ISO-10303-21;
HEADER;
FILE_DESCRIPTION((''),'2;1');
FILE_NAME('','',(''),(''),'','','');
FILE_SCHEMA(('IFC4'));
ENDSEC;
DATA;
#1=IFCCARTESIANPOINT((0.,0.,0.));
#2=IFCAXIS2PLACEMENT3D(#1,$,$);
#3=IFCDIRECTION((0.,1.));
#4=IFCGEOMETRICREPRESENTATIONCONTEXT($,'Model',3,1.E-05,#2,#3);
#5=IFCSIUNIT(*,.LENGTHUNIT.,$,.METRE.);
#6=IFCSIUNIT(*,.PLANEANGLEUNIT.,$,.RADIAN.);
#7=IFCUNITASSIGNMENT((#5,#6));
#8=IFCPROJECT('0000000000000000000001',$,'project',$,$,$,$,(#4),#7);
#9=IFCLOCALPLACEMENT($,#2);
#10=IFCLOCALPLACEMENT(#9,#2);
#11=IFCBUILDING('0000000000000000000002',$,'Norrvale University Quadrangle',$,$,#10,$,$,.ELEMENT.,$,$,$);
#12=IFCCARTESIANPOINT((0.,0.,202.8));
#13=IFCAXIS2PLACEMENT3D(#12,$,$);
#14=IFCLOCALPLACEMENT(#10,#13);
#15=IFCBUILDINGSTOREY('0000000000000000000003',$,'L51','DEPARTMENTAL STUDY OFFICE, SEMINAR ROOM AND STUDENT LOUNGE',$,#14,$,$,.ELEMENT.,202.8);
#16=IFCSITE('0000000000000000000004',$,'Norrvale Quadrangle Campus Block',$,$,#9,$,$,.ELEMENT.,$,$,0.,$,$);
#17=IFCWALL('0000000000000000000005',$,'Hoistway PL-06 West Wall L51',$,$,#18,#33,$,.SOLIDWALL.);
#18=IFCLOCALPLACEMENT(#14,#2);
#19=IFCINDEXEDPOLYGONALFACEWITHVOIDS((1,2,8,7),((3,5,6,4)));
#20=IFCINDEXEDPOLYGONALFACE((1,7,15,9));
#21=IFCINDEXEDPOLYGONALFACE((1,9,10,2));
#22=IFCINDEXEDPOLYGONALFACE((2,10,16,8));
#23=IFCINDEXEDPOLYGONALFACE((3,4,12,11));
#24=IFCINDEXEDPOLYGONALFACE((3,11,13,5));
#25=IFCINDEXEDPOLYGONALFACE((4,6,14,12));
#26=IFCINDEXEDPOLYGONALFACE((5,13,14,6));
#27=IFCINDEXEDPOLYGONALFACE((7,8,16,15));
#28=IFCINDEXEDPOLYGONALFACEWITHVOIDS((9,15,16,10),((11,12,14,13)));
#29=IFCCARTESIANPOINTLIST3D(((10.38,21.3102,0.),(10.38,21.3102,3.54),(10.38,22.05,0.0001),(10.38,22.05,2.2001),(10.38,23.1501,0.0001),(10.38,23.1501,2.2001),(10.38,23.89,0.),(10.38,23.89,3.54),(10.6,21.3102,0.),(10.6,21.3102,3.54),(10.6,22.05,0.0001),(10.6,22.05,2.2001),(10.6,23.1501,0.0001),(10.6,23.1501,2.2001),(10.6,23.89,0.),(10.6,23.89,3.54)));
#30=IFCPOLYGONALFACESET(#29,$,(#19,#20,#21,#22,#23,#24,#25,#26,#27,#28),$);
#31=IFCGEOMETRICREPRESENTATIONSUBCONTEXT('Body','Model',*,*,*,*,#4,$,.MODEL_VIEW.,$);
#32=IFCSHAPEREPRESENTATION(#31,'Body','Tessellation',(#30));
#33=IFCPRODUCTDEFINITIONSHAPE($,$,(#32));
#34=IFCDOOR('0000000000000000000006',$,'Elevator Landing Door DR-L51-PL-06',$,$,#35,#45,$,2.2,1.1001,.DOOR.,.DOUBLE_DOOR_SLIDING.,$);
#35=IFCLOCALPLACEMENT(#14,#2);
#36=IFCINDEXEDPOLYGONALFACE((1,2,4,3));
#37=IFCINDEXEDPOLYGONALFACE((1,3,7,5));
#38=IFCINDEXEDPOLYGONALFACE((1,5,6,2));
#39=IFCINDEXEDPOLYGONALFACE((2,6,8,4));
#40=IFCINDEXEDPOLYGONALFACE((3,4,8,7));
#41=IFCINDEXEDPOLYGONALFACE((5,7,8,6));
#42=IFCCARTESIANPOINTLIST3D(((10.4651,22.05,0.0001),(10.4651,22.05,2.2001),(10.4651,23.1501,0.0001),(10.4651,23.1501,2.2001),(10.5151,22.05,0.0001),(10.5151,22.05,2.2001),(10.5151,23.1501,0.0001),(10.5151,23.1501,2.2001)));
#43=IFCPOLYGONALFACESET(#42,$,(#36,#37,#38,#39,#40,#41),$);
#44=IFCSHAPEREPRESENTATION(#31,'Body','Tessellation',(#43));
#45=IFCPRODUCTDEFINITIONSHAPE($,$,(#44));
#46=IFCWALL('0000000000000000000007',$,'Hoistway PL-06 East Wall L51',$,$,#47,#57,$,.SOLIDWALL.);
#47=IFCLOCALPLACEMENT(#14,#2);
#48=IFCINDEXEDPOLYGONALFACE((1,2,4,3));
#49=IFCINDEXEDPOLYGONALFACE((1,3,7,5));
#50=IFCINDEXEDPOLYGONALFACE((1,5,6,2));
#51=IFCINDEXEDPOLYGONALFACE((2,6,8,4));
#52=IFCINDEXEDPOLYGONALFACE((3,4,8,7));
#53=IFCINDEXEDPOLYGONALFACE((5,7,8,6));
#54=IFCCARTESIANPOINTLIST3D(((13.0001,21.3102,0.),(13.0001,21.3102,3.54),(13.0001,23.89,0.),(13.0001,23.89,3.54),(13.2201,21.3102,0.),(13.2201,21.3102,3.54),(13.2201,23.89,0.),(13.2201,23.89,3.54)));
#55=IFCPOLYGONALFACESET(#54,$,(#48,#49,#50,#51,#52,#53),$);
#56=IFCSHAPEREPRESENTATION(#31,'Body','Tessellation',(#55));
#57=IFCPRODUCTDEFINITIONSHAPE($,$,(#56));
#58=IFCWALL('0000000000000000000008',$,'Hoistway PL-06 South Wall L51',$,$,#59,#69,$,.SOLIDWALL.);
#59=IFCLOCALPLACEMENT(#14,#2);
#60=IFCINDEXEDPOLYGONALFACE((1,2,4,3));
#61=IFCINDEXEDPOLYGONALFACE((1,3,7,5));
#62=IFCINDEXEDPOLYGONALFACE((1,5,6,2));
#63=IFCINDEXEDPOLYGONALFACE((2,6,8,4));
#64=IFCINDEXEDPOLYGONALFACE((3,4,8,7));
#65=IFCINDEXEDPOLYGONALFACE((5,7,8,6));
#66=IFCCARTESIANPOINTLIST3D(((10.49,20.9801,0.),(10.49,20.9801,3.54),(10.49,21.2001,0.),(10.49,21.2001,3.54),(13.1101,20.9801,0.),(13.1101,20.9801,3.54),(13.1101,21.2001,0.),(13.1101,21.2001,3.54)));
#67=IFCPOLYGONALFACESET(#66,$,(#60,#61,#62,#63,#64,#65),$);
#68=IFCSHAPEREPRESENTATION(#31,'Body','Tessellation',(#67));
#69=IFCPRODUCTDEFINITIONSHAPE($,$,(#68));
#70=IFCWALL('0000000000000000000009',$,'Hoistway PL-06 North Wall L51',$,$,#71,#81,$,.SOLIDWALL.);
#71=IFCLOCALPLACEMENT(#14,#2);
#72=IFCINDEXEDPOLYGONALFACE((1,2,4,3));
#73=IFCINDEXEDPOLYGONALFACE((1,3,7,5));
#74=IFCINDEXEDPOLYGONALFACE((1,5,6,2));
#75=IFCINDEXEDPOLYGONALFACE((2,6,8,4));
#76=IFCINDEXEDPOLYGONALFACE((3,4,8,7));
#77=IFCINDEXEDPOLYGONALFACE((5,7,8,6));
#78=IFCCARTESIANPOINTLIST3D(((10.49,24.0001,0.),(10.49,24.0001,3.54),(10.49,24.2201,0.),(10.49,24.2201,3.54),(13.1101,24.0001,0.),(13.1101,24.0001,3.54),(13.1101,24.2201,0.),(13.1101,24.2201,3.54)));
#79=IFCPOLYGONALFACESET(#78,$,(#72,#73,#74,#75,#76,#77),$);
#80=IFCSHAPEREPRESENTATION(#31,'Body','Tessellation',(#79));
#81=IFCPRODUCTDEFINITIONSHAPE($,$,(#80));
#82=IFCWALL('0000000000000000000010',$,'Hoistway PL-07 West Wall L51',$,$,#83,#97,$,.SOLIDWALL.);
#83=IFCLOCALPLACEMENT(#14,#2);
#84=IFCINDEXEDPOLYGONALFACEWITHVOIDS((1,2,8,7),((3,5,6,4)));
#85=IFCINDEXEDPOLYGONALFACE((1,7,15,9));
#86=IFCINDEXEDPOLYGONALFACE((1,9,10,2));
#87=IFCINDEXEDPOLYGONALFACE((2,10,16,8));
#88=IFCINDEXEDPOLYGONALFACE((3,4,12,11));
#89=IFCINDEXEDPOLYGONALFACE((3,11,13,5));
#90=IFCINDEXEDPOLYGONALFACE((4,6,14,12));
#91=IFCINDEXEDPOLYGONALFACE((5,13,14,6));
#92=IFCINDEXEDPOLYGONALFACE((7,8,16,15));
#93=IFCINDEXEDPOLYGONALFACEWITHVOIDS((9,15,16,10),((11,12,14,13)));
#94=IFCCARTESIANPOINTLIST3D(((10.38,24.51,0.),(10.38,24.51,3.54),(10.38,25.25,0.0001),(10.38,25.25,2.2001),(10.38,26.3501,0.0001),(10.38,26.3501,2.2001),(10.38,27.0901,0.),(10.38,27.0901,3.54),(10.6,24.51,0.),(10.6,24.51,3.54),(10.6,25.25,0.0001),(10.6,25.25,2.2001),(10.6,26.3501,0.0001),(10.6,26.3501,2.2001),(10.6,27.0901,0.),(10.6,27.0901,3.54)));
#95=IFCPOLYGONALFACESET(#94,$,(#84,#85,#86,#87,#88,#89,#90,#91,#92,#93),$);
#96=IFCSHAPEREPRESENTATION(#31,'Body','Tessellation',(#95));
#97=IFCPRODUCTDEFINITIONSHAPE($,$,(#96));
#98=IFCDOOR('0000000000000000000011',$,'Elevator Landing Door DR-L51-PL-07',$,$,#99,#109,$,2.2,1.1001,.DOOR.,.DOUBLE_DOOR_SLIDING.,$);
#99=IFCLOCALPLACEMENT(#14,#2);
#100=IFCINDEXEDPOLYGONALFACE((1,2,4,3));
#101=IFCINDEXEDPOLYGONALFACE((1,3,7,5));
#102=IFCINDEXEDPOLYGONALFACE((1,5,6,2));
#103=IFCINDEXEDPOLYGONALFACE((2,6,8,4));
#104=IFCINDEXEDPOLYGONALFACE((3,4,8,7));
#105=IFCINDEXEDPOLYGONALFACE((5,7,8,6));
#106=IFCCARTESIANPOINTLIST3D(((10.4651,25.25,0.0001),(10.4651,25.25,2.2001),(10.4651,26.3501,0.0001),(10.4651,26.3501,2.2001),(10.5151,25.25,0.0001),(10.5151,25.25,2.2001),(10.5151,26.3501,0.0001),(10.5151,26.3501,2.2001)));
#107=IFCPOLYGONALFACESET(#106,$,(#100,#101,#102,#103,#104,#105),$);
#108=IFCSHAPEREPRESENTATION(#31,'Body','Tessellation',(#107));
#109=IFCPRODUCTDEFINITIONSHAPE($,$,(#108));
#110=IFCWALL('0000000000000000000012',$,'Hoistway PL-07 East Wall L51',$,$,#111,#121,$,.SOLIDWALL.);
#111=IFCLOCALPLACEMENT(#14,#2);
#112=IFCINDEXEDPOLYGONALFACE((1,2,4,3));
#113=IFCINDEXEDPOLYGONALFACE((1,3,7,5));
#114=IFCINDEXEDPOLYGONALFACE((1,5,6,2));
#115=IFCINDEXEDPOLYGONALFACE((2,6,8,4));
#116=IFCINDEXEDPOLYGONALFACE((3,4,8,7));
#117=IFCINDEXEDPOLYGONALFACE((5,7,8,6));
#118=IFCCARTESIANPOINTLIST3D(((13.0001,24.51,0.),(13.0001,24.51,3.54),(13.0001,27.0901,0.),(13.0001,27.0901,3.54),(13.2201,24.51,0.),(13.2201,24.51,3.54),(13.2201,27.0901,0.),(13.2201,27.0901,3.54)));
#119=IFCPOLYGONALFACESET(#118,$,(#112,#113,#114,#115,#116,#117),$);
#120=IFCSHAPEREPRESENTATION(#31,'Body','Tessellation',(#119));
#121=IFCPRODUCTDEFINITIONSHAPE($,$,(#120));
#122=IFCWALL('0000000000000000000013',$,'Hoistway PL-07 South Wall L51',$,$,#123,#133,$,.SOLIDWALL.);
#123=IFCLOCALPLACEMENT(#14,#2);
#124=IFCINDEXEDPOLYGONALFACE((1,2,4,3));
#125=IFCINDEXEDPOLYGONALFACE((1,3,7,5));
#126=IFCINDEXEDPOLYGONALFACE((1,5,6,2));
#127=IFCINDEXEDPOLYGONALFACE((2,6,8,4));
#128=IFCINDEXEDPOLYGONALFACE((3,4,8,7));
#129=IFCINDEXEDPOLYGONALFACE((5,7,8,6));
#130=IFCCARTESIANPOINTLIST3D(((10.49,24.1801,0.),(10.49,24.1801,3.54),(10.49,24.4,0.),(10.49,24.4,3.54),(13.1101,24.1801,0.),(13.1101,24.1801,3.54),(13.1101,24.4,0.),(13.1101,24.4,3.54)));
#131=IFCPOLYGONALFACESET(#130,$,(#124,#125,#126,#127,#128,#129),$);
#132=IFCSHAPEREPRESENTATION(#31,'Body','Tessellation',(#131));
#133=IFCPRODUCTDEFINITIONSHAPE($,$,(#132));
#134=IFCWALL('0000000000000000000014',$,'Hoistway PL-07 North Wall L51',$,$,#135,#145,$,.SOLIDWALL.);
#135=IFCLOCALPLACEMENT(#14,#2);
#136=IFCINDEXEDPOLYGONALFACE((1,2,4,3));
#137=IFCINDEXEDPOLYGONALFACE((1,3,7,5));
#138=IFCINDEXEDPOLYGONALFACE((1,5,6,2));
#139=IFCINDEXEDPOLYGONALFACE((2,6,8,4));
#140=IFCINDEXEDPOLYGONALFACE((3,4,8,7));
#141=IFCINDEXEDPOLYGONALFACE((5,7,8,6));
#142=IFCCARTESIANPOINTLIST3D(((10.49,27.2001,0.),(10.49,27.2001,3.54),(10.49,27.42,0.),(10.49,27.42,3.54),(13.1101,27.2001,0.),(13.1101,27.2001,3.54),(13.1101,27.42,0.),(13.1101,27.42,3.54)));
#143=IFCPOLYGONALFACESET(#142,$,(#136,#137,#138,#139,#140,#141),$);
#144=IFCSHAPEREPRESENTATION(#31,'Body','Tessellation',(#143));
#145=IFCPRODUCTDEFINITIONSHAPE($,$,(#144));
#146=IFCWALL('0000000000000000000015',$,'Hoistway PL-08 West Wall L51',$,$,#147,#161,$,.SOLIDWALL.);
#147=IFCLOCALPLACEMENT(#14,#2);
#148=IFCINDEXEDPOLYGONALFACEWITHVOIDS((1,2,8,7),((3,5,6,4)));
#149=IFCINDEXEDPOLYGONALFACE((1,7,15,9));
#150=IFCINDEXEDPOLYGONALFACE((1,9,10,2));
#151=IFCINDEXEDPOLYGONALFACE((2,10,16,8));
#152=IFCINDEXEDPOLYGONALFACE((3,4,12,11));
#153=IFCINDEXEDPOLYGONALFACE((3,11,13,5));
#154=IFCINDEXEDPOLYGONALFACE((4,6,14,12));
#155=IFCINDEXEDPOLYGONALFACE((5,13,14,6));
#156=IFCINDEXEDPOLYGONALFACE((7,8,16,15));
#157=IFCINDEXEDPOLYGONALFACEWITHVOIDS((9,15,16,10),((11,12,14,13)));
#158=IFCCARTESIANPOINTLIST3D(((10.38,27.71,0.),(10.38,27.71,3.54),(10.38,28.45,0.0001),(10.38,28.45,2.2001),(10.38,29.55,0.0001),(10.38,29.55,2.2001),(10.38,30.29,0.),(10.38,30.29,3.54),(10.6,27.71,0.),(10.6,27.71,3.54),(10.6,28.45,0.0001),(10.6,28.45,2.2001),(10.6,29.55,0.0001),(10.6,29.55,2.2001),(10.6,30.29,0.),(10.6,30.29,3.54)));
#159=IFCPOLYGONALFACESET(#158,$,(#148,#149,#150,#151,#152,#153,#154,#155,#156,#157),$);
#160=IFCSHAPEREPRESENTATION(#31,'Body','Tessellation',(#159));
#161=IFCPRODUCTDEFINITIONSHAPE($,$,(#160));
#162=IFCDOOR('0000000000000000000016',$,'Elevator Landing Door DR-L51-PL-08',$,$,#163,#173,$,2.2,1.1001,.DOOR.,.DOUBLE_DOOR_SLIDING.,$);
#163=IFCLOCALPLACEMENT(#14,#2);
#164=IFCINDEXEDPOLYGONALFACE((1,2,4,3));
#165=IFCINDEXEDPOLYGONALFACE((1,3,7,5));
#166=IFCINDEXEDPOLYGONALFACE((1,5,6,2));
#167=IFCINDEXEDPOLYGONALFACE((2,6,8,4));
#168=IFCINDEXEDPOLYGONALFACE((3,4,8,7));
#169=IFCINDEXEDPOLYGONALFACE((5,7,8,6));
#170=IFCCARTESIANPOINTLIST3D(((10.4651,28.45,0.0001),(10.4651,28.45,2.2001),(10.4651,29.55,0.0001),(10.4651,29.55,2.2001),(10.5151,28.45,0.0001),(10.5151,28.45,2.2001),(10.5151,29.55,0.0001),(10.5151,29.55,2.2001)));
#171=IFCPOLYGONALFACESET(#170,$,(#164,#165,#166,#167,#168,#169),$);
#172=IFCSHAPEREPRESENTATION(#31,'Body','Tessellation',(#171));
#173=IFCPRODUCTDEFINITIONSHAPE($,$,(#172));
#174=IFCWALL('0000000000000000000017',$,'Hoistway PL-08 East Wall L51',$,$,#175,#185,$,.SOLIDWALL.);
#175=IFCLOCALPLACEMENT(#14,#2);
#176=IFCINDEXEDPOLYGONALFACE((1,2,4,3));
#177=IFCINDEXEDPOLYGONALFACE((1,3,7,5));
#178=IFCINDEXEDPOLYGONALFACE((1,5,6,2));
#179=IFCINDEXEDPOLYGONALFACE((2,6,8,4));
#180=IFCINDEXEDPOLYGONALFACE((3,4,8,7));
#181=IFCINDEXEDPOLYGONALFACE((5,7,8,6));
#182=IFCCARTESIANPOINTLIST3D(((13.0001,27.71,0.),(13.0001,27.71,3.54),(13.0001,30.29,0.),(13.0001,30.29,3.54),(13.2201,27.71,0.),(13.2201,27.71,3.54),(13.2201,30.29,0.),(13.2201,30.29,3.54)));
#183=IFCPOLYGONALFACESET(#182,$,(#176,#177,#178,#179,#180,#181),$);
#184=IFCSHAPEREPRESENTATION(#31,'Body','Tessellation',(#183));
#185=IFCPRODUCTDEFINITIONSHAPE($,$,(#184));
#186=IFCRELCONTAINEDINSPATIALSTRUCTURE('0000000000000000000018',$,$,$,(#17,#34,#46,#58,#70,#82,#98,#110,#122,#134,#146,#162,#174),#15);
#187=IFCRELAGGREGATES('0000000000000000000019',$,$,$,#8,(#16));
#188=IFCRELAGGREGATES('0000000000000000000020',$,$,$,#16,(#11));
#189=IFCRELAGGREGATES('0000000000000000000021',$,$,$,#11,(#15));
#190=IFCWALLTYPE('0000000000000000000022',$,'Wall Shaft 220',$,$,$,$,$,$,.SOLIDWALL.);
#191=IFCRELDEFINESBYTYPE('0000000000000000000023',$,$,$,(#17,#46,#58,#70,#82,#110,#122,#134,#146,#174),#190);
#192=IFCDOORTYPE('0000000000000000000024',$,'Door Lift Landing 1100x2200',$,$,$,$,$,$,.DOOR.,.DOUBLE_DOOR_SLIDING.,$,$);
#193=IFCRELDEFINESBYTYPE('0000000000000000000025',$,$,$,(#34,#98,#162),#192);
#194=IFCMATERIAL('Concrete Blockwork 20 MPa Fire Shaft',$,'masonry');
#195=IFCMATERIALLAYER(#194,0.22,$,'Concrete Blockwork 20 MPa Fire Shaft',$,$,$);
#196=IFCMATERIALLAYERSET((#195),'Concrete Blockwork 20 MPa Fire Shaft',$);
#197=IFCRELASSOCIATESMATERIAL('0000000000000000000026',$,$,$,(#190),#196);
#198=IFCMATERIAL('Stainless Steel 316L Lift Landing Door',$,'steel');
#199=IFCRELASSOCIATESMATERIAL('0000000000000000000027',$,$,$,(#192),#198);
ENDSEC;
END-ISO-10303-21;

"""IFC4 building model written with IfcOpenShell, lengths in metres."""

from ifc_helpers import new_model, si_unit, direction, frame, frame_2d, origin, place, context, subcontext, project, spatial, rectangle, extrude, material, layer, layer_set, type_object, element, fill, save


model = new_model("IFC4")

# Units and contexts
model_context = context("Model", 3, precision=1e-05, world=origin(), true_north=direction((0.0, 1.0)))
body_context = subcontext(model_context, "Body", "Model", "MODEL_VIEW")
ifc_project = project(units=[si_unit("LENGTHUNIT", "METRE"), si_unit("PLANEANGLEUNIT", "RADIAN")], contexts=[model_context])

# Site, building, storey
site_placement = place(None, origin())
site = spatial("IfcSite", under=ifc_project, at=site_placement, Name="Norrvale Quadrangle Campus Block", CompositionType="ELEMENT", RefElevation=0.0)
building_placement = place(site_placement, origin())
building = spatial("IfcBuilding", under=site, at=building_placement, Name="Norrvale University Quadrangle", CompositionType="ELEMENT")
storey_placement = place(building_placement, frame((0.0, 0.0, 202.8)))
storey = spatial("IfcBuildingStorey", under=building, at=storey_placement, Name="L51", Description="DEPARTMENTAL STUDY OFFICE, SEMINAR ROOM AND STUDENT LOUNGE", CompositionType="ELEMENT", Elevation=202.8)

# Shared definitions
ifc_material_1 = material(Name="Concrete Blockwork 20 MPa Fire Shaft", Category="masonry")
ifc_layer_1 = layer(ifc_material_1, 0.22, Name="Concrete Blockwork 20 MPa Fire Shaft")
ifc_layer_set_1 = layer_set([ifc_layer_1], Name="Concrete Blockwork 20 MPa Fire Shaft")
wall_type_1 = type_object("IfcWallType", Name="Wall Shaft 220", PredefinedType="SOLIDWALL", material=ifc_layer_set_1)

# Wall, opening, door
wall_1_placement = place(storey_placement, frame((10.49, 21.3101, 0.0), z_axis=(0.0, 0.0, 1.0), x_axis=(0.0, 1.0, 0.0)))
wall_1 = element("IfcWall", 1, at=wall_1_placement, inside=storey, type_object=wall_type_1, Name="Hoistway PL-06 West Wall L51", PredefinedType="SOLIDWALL", context=body_context, shape_type="SweptSolid", body=[
    extrude(rectangle(XDim=2.5798, YDim=0.22, at=frame_2d((1.29, 0.0))), origin(), (0.0, 0.0, 1.0), 3.54),
])
opening_1_placement = place(wall_1_placement, frame((0.74, 0.0, 0.0)))
opening_1 = element("IfcOpeningElement", 2, at=opening_1_placement, cuts=wall_1, PredefinedType="OPENING", context=body_context, shape_type="SweptSolid", body=[
    extrude(rectangle(XDim=1.1001, YDim=2.2, at=frame_2d((0.55, 1.1001))), frame((0.0, 0.1221, 0.0), z_axis=(0.0, -1.0, 0.0), x_axis=(1.0, 0.0, 0.0)), (0.0, 0.0, 1.0), 0.2439),
])
ifc_material_2 = material(Name="Stainless Steel 316L Lift Landing Door", Category="steel")
door_type_1 = type_object("IfcDoorType", Name="Door Lift Landing 1100x2200", OperationType="DOUBLE_DOOR_SLIDING", PredefinedType="DOOR", material=ifc_material_2)
door_1_placement = place(opening_1_placement, origin())
door_1 = element("IfcDoor", 3, at=door_1_placement, inside=storey, type_object=door_type_1, Name="Elevator Landing Door DR-L51-PL-06", OperationType="DOUBLE_DOOR_SLIDING", OverallHeight=2.2, OverallWidth=1.1001, PredefinedType="DOOR", context=body_context, shape_type="SweptSolid", body=[
    extrude(rectangle(XDim=1.1001, YDim=2.2, at=frame_2d((0.55, 1.1001))), frame((0.0, 0.0249, 0.0), z_axis=(0.0, -1.0, 0.0), x_axis=(1.0, 0.0, 0.0)), (0.0, 0.0, 1.0), 0.05),
])
fill(opening_1, door_1)

# Walls
wall_2_placement = place(storey_placement, frame((13.1101, 21.3101, 0.0), z_axis=(0.0, 0.0, 1.0), x_axis=(0.0, 1.0, 0.0)))
element("IfcWall", 4, at=wall_2_placement, inside=storey, type_object=wall_type_1, Name="Hoistway PL-06 East Wall L51", PredefinedType="SOLIDWALL", context=body_context, shape_type="SweptSolid", body=[
    extrude(rectangle(XDim=2.5798, YDim=0.22, at=frame_2d((1.29, 0.0))), origin(), (0.0, 0.0, 1.0), 3.54),
])
for number, where, z_axis, x_axis, name in (
    (5, (10.49, 21.0901, 0.0), (0.0, 0.0, 1.0), (1.0, 0.0, 0.0), "Hoistway PL-06 South Wall L51"),
    (6, (10.49, 24.1101, 0.0), (0.0, 0.0, 1.0), (1.0, 0.0, 0.0), "Hoistway PL-06 North Wall L51"),
):
    element("IfcWall", number, at=place(storey_placement, frame(where, z_axis=z_axis, x_axis=x_axis)), inside=storey, type_object=wall_type_1, Name=name, PredefinedType="SOLIDWALL", context=body_context, shape_type="SweptSolid", body=[
        extrude(rectangle(XDim=2.6201, YDim=0.22, at=frame_2d((1.3101, 0.0))), origin(), (0.0, 0.0, 1.0), 3.54),
    ])

# Wall, opening, door
wall_3_placement = place(storey_placement, frame((10.49, 24.51, 0.0), z_axis=(0.0, 0.0, 1.0), x_axis=(0.0, 1.0, 0.0)))
wall_3 = element("IfcWall", 7, at=wall_3_placement, inside=storey, type_object=wall_type_1, Name="Hoistway PL-07 West Wall L51", PredefinedType="SOLIDWALL", context=body_context, shape_type="SweptSolid", body=[
    extrude(rectangle(XDim=2.5801, YDim=0.22, at=frame_2d((1.29, 0.0))), origin(), (0.0, 0.0, 1.0), 3.54),
])
opening_2_placement = place(wall_3_placement, frame((0.74, 0.0, 0.0)))
opening_2 = element("IfcOpeningElement", 8, at=opening_2_placement, cuts=wall_3, PredefinedType="OPENING", context=body_context, shape_type="SweptSolid", body=[
    extrude(rectangle(XDim=1.1001, YDim=2.2, at=frame_2d((0.55, 1.1001))), frame((0.0, 0.1221, 0.0), z_axis=(0.0, -1.0, 0.0), x_axis=(1.0, 0.0, 0.0)), (0.0, 0.0, 1.0), 0.2439),
])
door_2_placement = place(opening_2_placement, origin())
door_2 = element("IfcDoor", 9, at=door_2_placement, inside=storey, type_object=door_type_1, Name="Elevator Landing Door DR-L51-PL-07", OperationType="DOUBLE_DOOR_SLIDING", OverallHeight=2.2, OverallWidth=1.1001, PredefinedType="DOOR", context=body_context, shape_type="SweptSolid", body=[
    extrude(rectangle(XDim=1.1001, YDim=2.2, at=frame_2d((0.55, 1.1001))), frame((0.0, 0.0249, 0.0), z_axis=(0.0, -1.0, 0.0), x_axis=(1.0, 0.0, 0.0)), (0.0, 0.0, 1.0), 0.05),
])
fill(opening_2, door_2)

# Walls
wall_4_placement = place(storey_placement, frame((13.1101, 24.51, 0.0), z_axis=(0.0, 0.0, 1.0), x_axis=(0.0, 1.0, 0.0)))
element("IfcWall", 10, at=wall_4_placement, inside=storey, type_object=wall_type_1, Name="Hoistway PL-07 East Wall L51", PredefinedType="SOLIDWALL", context=body_context, shape_type="SweptSolid", body=[
    extrude(rectangle(XDim=2.5801, YDim=0.22, at=frame_2d((1.29, 0.0))), origin(), (0.0, 0.0, 1.0), 3.54),
])
for number, where, z_axis, x_axis, name in (
    (11, (10.49, 24.29, 0.0), (0.0, 0.0, 1.0), (1.0, 0.0, 0.0), "Hoistway PL-07 South Wall L51"),
    (12, (10.49, 27.3101, 0.0), (0.0, 0.0, 1.0), (1.0, 0.0, 0.0), "Hoistway PL-07 North Wall L51"),
):
    element("IfcWall", number, at=place(storey_placement, frame(where, z_axis=z_axis, x_axis=x_axis)), inside=storey, type_object=wall_type_1, Name=name, PredefinedType="SOLIDWALL", context=body_context, shape_type="SweptSolid", body=[
        extrude(rectangle(XDim=2.6201, YDim=0.22, at=frame_2d((1.3101, 0.0))), origin(), (0.0, 0.0, 1.0), 3.54),
    ])

# Wall, opening, door
wall_5_placement = place(storey_placement, frame((10.49, 27.71, 0.0), z_axis=(0.0, 0.0, 1.0), x_axis=(0.0, 1.0, 0.0)))
wall_5 = element("IfcWall", 13, at=wall_5_placement, inside=storey, type_object=wall_type_1, Name="Hoistway PL-08 West Wall L51", PredefinedType="SOLIDWALL", context=body_context, shape_type="SweptSolid", body=[
    extrude(rectangle(XDim=2.5801, YDim=0.22, at=frame_2d((1.29, 0.0))), origin(), (0.0, 0.0, 1.0), 3.54),
])
opening_3_placement = place(wall_5_placement, frame((0.74, 0.0, 0.0)))
opening_3 = element("IfcOpeningElement", 14, at=opening_3_placement, cuts=wall_5, PredefinedType="OPENING", context=body_context, shape_type="SweptSolid", body=[
    extrude(rectangle(XDim=1.1001, YDim=2.2, at=frame_2d((0.55, 1.1001))), frame((0.0, 0.1221, 0.0), z_axis=(0.0, -1.0, 0.0), x_axis=(1.0, 0.0, 0.0)), (0.0, 0.0, 1.0), 0.2439),
])
door_3_placement = place(opening_3_placement, origin())
door_3 = element("IfcDoor", 15, at=door_3_placement, inside=storey, type_object=door_type_1, Name="Elevator Landing Door DR-L51-PL-08", OperationType="DOUBLE_DOOR_SLIDING", OverallHeight=2.2, OverallWidth=1.1001, PredefinedType="DOOR", context=body_context, shape_type="SweptSolid", body=[
    extrude(rectangle(XDim=1.1001, YDim=2.2, at=frame_2d((0.55, 1.1001))), frame((0.0, 0.0249, 0.0), z_axis=(0.0, -1.0, 0.0), x_axis=(1.0, 0.0, 0.0)), (0.0, 0.0, 1.0), 0.05),
])
fill(opening_3, door_3)

# Wall
wall_6_placement = place(storey_placement, frame((13.1101, 27.71, 0.0), z_axis=(0.0, 0.0, 1.0), x_axis=(0.0, 1.0, 0.0)))
element("IfcWall", 16, at=wall_6_placement, inside=storey, type_object=wall_type_1, Name="Hoistway PL-08 East Wall L51", PredefinedType="SOLIDWALL", context=body_context, shape_type="SweptSolid", body=[
    extrude(rectangle(XDim=2.5801, YDim=0.22, at=frame_2d((1.29, 0.0))), origin(), (0.0, 0.0, 1.0), 3.54),
])

save(model, "model.ifc")
